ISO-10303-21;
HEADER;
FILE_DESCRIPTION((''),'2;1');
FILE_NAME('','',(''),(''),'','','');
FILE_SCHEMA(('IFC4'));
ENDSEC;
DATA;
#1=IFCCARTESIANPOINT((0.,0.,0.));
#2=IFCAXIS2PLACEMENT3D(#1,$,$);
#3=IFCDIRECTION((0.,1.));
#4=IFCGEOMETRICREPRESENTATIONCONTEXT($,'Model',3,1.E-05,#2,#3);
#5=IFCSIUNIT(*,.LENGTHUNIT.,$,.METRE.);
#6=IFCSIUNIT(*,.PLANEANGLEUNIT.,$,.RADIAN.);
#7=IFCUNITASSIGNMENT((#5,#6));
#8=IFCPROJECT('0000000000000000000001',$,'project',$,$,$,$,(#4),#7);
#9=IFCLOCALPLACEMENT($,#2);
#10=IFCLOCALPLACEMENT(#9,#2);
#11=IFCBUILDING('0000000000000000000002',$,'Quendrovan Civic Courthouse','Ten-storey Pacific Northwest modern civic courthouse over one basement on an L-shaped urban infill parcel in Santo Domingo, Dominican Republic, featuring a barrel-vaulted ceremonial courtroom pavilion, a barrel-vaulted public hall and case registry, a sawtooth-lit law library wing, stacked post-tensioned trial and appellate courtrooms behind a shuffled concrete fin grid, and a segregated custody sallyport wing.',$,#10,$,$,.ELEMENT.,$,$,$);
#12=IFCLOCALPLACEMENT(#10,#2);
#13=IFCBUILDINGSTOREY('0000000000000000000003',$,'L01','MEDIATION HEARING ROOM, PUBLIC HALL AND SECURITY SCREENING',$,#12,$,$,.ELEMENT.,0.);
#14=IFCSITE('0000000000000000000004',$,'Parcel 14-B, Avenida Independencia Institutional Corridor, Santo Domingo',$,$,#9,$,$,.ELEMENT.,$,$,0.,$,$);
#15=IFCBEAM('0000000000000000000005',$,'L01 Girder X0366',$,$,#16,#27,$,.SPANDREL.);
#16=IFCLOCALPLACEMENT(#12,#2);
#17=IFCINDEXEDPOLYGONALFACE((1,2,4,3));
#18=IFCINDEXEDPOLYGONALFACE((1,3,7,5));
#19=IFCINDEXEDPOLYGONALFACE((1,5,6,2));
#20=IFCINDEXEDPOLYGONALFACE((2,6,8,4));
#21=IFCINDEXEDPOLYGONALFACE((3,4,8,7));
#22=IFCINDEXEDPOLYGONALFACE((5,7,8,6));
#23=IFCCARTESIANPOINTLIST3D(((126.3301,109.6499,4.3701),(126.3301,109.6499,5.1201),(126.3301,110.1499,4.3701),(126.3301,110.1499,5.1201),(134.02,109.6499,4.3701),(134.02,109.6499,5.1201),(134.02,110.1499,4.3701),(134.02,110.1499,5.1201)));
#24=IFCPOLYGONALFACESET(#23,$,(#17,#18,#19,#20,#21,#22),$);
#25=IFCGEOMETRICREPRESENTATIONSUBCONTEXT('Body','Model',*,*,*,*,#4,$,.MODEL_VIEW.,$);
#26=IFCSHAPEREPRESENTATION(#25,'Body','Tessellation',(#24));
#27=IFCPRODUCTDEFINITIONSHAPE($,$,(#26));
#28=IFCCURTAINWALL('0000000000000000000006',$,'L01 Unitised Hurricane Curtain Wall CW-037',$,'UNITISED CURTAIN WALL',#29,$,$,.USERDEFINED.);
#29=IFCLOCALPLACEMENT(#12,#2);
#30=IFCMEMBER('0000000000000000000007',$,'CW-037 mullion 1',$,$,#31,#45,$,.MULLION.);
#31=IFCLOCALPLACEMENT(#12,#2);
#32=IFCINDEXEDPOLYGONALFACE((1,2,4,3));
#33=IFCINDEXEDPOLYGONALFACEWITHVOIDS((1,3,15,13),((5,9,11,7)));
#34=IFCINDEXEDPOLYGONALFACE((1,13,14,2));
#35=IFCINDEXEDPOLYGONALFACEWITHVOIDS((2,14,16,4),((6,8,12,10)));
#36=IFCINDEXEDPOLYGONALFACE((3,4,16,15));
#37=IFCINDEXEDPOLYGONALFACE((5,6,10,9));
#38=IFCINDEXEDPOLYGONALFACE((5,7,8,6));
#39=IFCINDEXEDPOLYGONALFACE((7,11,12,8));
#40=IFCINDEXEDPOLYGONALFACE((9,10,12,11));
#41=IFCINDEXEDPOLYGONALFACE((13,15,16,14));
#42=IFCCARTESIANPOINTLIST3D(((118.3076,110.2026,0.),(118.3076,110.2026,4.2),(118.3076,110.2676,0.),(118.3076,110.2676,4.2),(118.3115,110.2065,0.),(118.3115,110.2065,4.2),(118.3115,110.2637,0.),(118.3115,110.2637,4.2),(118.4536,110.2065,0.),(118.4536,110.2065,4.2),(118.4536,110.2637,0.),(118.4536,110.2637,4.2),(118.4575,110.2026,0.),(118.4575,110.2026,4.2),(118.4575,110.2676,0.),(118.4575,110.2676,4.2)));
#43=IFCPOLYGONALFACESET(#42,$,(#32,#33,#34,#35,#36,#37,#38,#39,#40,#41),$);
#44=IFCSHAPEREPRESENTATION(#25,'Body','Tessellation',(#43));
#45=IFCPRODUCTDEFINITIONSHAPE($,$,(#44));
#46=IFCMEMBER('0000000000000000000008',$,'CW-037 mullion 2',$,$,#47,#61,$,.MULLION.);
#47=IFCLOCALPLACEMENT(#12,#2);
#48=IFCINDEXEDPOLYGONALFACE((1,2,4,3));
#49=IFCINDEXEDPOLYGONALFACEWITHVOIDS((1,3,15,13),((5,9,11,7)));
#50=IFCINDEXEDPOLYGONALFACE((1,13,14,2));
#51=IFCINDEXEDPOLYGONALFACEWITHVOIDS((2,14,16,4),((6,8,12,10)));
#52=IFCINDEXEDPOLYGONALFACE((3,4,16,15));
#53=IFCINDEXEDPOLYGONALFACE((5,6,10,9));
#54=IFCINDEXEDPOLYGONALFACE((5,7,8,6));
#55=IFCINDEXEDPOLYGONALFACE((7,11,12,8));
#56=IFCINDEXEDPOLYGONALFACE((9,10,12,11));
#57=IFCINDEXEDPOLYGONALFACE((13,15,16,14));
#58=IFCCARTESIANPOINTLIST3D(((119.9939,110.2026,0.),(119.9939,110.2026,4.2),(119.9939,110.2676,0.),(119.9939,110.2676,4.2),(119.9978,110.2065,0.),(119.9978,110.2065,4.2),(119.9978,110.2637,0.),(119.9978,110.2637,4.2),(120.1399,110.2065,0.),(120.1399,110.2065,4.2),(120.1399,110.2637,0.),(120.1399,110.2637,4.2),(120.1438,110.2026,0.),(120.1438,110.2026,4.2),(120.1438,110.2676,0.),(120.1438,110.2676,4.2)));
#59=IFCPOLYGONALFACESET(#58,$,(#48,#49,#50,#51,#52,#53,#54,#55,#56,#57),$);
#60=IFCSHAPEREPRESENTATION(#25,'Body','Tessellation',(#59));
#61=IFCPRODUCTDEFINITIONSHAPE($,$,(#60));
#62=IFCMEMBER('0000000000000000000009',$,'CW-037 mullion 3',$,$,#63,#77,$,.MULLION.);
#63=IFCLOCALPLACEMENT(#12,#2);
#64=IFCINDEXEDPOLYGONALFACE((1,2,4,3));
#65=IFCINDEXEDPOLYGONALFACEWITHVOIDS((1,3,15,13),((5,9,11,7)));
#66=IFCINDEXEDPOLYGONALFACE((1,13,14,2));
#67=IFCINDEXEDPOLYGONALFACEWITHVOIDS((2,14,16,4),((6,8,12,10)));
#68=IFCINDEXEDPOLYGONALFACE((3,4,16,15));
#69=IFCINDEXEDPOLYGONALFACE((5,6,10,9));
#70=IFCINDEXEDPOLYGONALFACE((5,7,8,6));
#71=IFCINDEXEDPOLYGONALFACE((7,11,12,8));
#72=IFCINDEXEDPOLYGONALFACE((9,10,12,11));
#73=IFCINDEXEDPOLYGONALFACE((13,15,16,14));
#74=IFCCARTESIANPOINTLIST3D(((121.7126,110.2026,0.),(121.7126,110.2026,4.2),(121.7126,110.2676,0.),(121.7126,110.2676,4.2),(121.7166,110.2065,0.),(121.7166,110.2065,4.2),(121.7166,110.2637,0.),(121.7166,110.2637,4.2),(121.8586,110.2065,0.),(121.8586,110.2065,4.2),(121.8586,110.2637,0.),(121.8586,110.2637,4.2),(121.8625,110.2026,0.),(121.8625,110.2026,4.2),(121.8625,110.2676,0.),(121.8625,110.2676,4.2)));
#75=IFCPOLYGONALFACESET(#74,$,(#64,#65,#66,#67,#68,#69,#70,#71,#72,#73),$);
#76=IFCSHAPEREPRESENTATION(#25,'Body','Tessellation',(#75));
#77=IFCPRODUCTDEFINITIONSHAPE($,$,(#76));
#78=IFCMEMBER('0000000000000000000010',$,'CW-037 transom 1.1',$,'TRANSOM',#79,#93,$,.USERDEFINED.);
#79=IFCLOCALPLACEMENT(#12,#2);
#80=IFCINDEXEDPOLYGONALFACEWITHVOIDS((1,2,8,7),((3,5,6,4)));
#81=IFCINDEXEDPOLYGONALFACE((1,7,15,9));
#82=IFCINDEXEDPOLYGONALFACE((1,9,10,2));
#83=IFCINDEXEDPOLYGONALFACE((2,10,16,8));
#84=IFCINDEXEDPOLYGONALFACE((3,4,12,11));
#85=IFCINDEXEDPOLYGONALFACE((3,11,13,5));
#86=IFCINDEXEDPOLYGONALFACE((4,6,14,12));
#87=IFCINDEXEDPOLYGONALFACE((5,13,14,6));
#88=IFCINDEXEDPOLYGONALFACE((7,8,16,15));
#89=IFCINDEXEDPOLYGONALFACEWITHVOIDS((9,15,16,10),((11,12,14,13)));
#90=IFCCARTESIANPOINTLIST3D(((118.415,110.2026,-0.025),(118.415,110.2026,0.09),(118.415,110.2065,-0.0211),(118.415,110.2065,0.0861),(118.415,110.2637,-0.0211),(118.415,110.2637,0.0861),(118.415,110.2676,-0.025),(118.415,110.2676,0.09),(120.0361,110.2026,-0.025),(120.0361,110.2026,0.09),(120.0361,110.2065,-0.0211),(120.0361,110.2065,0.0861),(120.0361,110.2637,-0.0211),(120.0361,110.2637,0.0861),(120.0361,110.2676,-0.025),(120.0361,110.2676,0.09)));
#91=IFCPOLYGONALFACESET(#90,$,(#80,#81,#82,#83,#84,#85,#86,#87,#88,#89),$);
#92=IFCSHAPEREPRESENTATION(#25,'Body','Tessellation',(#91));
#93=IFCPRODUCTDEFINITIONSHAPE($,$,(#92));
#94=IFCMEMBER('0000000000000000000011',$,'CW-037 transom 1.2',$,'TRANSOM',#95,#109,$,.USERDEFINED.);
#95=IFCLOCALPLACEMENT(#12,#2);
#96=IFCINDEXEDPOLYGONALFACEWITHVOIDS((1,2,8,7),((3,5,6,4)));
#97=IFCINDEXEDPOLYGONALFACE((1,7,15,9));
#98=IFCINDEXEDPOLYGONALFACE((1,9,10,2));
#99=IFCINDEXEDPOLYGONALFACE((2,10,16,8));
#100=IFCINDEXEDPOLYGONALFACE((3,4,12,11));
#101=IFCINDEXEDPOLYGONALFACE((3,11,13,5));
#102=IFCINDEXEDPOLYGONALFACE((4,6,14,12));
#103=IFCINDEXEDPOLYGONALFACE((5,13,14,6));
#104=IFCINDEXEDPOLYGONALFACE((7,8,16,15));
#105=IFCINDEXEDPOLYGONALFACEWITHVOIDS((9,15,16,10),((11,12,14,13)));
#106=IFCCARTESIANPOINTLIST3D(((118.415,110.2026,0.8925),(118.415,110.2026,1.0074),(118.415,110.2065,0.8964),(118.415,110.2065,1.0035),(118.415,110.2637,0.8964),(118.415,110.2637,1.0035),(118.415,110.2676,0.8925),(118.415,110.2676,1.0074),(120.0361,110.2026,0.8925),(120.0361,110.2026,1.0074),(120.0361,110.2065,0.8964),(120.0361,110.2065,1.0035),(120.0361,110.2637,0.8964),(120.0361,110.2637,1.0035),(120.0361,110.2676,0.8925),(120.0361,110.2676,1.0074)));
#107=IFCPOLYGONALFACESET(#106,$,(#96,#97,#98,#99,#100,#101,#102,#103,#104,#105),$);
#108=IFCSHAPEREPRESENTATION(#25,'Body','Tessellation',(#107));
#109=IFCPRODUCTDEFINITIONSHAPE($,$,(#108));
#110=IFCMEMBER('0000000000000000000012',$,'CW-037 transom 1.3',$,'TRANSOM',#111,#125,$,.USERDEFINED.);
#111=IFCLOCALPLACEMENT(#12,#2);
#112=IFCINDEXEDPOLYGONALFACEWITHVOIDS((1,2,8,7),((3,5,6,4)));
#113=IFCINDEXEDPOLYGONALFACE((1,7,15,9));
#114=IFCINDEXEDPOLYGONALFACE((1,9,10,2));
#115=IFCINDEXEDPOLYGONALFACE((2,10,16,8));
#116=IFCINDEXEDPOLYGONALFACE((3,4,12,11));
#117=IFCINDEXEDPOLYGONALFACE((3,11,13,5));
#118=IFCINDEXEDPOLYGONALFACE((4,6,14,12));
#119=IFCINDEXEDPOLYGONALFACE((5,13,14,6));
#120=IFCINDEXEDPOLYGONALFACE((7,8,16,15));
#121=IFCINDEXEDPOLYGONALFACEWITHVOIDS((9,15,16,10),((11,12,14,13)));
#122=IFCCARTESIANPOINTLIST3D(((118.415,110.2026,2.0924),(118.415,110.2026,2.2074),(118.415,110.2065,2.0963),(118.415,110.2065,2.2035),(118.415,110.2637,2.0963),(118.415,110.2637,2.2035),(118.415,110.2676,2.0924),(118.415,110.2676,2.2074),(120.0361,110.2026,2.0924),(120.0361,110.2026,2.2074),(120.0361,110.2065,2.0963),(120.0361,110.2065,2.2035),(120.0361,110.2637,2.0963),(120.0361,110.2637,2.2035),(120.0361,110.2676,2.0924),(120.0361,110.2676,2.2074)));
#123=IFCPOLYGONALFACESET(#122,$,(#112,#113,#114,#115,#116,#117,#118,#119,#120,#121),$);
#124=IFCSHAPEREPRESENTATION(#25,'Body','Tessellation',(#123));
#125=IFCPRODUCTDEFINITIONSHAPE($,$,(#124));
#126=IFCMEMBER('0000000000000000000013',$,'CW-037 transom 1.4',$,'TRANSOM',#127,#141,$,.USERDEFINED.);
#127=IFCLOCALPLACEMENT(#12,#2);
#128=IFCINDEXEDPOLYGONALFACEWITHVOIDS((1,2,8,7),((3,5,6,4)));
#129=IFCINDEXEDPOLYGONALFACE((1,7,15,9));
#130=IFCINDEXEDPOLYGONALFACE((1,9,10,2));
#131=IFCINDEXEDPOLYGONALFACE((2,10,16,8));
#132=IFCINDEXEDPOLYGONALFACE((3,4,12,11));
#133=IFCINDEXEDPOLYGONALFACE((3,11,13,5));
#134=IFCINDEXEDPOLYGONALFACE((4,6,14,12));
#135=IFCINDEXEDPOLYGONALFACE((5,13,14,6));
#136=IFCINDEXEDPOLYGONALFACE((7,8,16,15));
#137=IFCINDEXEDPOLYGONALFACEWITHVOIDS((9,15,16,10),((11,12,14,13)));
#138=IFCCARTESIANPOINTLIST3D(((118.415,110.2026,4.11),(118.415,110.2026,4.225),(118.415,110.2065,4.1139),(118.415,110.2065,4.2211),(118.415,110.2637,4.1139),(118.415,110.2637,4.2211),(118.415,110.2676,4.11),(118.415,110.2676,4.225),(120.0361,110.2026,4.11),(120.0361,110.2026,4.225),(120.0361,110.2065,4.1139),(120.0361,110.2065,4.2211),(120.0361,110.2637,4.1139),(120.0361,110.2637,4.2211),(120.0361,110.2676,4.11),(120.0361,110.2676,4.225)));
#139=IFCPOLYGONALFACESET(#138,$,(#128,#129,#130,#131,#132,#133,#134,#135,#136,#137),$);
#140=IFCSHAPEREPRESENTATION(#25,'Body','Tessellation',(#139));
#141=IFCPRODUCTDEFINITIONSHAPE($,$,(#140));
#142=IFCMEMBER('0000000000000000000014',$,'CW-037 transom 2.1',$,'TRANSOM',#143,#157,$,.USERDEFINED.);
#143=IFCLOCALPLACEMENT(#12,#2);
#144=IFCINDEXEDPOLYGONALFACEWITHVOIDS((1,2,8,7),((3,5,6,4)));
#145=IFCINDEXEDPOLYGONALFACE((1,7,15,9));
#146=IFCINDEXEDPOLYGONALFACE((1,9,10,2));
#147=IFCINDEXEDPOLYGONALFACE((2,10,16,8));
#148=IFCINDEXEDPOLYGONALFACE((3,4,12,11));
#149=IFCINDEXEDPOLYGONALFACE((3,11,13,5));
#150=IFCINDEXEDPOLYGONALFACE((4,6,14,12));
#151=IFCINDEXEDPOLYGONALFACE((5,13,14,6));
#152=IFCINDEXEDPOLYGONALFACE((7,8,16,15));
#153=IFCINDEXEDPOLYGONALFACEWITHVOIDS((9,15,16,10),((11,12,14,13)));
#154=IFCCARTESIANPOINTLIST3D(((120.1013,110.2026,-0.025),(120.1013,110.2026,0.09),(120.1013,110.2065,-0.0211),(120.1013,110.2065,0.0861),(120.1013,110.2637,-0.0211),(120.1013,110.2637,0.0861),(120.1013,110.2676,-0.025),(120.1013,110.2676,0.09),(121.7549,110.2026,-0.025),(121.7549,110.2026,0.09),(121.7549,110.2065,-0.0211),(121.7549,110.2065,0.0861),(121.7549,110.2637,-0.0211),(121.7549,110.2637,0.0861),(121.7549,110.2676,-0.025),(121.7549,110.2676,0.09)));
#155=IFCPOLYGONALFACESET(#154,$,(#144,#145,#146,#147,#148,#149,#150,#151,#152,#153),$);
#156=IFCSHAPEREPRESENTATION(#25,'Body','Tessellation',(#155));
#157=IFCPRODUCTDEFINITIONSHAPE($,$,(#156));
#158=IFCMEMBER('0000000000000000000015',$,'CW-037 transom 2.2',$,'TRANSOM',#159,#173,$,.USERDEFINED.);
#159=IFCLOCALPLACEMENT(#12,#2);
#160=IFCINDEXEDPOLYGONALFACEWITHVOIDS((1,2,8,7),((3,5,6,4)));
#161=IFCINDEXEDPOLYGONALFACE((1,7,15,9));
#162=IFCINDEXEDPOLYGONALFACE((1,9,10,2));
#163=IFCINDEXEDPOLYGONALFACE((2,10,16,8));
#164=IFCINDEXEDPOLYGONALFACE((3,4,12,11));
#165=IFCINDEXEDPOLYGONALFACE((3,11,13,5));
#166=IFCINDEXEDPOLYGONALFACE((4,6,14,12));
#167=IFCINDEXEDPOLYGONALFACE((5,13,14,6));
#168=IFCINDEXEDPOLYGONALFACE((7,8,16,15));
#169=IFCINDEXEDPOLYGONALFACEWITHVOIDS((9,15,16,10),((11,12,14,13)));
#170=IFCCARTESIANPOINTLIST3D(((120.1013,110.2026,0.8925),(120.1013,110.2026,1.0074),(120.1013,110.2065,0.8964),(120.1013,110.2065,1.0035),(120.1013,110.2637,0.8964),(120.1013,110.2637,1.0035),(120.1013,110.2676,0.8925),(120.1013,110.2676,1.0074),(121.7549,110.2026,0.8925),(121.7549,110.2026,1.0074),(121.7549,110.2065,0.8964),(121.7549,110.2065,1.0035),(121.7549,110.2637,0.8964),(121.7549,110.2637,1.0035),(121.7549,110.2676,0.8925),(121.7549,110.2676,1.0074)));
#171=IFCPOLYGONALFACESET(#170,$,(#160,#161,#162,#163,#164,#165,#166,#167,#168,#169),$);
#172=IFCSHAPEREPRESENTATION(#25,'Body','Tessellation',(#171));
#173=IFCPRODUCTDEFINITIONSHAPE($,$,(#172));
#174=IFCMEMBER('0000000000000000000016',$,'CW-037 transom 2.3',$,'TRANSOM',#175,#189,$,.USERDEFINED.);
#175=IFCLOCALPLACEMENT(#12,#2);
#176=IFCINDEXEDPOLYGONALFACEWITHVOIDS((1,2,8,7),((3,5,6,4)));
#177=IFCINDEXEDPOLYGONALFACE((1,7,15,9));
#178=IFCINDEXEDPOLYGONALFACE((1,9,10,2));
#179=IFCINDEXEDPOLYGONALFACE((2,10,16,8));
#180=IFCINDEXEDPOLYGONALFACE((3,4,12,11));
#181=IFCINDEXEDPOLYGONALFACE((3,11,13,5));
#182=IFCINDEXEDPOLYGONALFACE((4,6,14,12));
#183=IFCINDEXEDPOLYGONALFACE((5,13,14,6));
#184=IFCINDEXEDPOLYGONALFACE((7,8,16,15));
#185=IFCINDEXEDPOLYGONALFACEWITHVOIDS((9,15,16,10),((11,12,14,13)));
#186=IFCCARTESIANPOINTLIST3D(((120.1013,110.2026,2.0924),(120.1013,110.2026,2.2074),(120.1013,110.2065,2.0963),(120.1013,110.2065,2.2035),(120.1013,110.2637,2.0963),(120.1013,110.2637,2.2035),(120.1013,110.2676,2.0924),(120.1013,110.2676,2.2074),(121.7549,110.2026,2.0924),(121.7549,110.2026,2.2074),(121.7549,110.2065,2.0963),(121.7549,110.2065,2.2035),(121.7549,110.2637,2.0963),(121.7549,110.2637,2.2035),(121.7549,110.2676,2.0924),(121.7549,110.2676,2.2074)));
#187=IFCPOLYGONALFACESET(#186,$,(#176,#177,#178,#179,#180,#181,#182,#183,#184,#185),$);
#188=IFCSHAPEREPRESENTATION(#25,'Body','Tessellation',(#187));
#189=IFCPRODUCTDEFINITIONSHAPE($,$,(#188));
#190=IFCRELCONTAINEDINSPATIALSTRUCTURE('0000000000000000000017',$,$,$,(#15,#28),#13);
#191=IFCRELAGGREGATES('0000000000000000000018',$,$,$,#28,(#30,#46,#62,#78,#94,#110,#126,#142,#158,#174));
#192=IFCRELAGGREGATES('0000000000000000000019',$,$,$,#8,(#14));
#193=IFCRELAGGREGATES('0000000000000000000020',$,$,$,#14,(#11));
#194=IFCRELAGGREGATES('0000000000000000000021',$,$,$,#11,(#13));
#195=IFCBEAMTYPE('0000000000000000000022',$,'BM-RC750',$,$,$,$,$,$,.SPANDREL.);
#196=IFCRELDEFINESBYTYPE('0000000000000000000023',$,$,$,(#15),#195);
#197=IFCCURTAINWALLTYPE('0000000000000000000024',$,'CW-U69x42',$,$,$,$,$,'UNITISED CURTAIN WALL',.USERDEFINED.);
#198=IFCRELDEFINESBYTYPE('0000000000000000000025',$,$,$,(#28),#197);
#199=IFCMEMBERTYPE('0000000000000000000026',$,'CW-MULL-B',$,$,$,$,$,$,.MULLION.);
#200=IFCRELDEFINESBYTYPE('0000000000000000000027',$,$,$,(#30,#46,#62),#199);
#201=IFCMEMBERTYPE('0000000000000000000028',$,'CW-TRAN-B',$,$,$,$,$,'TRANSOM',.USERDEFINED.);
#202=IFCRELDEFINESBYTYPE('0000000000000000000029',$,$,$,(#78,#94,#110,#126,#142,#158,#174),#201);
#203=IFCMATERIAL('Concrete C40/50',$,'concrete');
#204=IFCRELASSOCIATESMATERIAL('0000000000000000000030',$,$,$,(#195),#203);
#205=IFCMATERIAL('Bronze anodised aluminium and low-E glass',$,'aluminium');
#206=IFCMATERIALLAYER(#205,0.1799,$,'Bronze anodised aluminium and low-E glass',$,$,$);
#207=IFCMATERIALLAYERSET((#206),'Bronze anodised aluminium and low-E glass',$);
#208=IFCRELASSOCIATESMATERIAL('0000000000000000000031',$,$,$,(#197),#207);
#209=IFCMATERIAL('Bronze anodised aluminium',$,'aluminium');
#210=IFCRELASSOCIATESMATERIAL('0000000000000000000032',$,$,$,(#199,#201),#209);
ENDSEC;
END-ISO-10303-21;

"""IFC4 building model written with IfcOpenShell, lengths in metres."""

from ifc_helpers import new_model, si_unit, direction, frame, origin, origin_2d, place, context, subcontext, project, spatial, rectangle, hollow_rectangle, extrude, material, layer, layer_set, material_profile, profile_set, type_object, element, aggregate, save


model = new_model("IFC4")

# Units and contexts
model_context = context("Model", 3, precision=1e-05, world=origin(), true_north=direction((0.0, 1.0)))
body_context = subcontext(model_context, "Body", "Model", "MODEL_VIEW")
ifc_project = project(units=[si_unit("LENGTHUNIT", "METRE"), si_unit("PLANEANGLEUNIT", "RADIAN")], contexts=[model_context])

# Site, building, storey
site_placement = place(None, origin())
site = spatial("IfcSite", under=ifc_project, at=site_placement, Name="Parcel 14-B, Avenida Independencia Institutional Corridor, Santo Domingo", CompositionType="ELEMENT", RefElevation=0.0)
building_placement = place(site_placement, origin())
building = spatial("IfcBuilding", under=site, at=building_placement, Name="Quendrovan Civic Courthouse", Description="Ten-storey Pacific Northwest modern civic courthouse over one basement on an L-shaped urban infill parcel in Santo Domingo, Dominican Republic, featuring a barrel-vaulted ceremonial courtroom pavilion, a barrel-vaulted public hall and case registry, a sawtooth-lit law library wing, stacked post-tensioned trial and appellate courtrooms behind a shuffled concrete fin grid, and a segregated custody sallyport wing.", CompositionType="ELEMENT")
storey_placement = place(building_placement, origin())
storey = spatial("IfcBuildingStorey", under=building, at=storey_placement, Name="L01", Description="MEDIATION HEARING ROOM, PUBLIC HALL AND SECURITY SCREENING", CompositionType="ELEMENT", Elevation=0.0)

# Beam
ifc_material_1 = material(Name="Concrete C40/50", Category="concrete")
ifc_material_profile_1 = material_profile(ifc_material_1, rectangle(XDim=0.5, YDim=0.75, at=origin_2d()), Name="RC-BM-500x750")
ifc_profile_set_1 = profile_set([ifc_material_profile_1], Name="Concrete C40/50")
beam_type = type_object("IfcBeamType", Name="BM-RC750", PredefinedType="SPANDREL", material=ifc_profile_set_1)
beam_placement = place(storey_placement, frame((126.3301, 109.8999, 4.7451), z_axis=(1.0, 0.0, 0.0), x_axis=(0.0, 1.0, 0.0)))
element("IfcBeam", 1, at=beam_placement, inside=storey, type_object=beam_type, Name="L01 Girder X0366", PredefinedType="SPANDREL", context=body_context, shape_type="SweptSolid", body=[
    extrude(rectangle(XDim=0.5, YDim=0.75, at=origin_2d()), origin(), (0.0, 0.0, 1.0), 7.6899),
])

# Curtain wall, members
ifc_material_2 = material(Name="Bronze anodised aluminium and low-E glass", Category="aluminium")
ifc_layer_1 = layer(ifc_material_2, 0.1799, Name="Bronze anodised aluminium and low-E glass")
ifc_layer_set_1 = layer_set([ifc_layer_1], Name="Bronze anodised aluminium and low-E glass")
curtain_wall_type = type_object("IfcCurtainWallType", Name="CW-U69x42", ElementType="UNITISED CURTAIN WALL", PredefinedType="USERDEFINED", material=ifc_layer_set_1)
curtain_wall_placement = place(storey_placement, origin())
curtain_wall = element("IfcCurtainWall", 2, at=curtain_wall_placement, inside=storey, type_object=curtain_wall_type, Name="L01 Unitised Hurricane Curtain Wall CW-037", ObjectType="UNITISED CURTAIN WALL", PredefinedType="USERDEFINED")
ifc_material_3 = material(Name="Bronze anodised aluminium", Category="aluminium")
ifc_material_profile_2 = material_profile(ifc_material_3, hollow_rectangle(XDim=0.0649, YDim=0.1499, WallThickness=0.0039, at=origin_2d()), Name="CW-MULL-65x150")
ifc_profile_set_2 = profile_set([ifc_material_profile_2], Name="Bronze anodised aluminium")
member_type_1 = type_object("IfcMemberType", Name="CW-MULL-B", PredefinedType="MULLION", material=ifc_profile_set_2)
member_1_placement = place(storey_placement, frame((118.3826, 110.2351, 0.0), z_axis=(0.0, 0.0, 1.0), x_axis=(0.0, 1.0, 0.0)))
member_1 = element("IfcMember", 3, at=member_1_placement, type_object=member_type_1, Name="CW-037 mullion 1", PredefinedType="MULLION", context=body_context, shape_type="SweptSolid", body=[
    extrude(hollow_rectangle(XDim=0.0649, YDim=0.1499, WallThickness=0.0039, at=origin_2d()), origin(), (0.0, 0.0, 1.0), 4.2),
])
member_2_placement = place(storey_placement, frame((120.0688, 110.2351, 0.0), z_axis=(0.0, 0.0, 1.0), x_axis=(0.0, 1.0, 0.0)))
member_2 = element("IfcMember", 4, at=member_2_placement, type_object=member_type_1, Name="CW-037 mullion 2", PredefinedType="MULLION", context=body_context, shape_type="SweptSolid", body=[
    extrude(hollow_rectangle(XDim=0.0649, YDim=0.1499, WallThickness=0.0039, at=origin_2d()), origin(), (0.0, 0.0, 1.0), 4.2),
])
member_3_placement = place(storey_placement, frame((121.7876, 110.2351, 0.0), z_axis=(0.0, 0.0, 1.0), x_axis=(0.0, 1.0, 0.0)))
member_3 = element("IfcMember", 5, at=member_3_placement, type_object=member_type_1, Name="CW-037 mullion 3", PredefinedType="MULLION", context=body_context, shape_type="SweptSolid", body=[
    extrude(hollow_rectangle(XDim=0.0649, YDim=0.1499, WallThickness=0.0039, at=origin_2d()), origin(), (0.0, 0.0, 1.0), 4.2),
])
ifc_material_profile_3 = material_profile(ifc_material_3, hollow_rectangle(XDim=0.0649, YDim=0.115, WallThickness=0.0039, at=origin_2d()), Name="CW-TRAN-65x115")
ifc_profile_set_3 = profile_set([ifc_material_profile_3], Name="Bronze anodised aluminium")
member_type_2 = type_object("IfcMemberType", Name="CW-TRAN-B", ElementType="TRANSOM", PredefinedType="USERDEFINED", material=ifc_profile_set_3)
member_4_placement = place(storey_placement, frame((118.415, 110.2351, 0.0325), z_axis=(1.0, 0.0, 0.0), x_axis=(0.0, 1.0, 0.0)))
member_4 = element("IfcMember", 6, at=member_4_placement, type_object=member_type_2, Name="CW-037 transom 1.1", ObjectType="TRANSOM", PredefinedType="USERDEFINED", context=body_context, shape_type="SweptSolid", body=[
    extrude(hollow_rectangle(XDim=0.0649, YDim=0.115, WallThickness=0.0039, at=origin_2d()), origin(), (0.0, 0.0, 1.0), 1.6211),
])
member_5_placement = place(storey_placement, frame((118.415, 110.2351, 0.95), z_axis=(1.0, 0.0, 0.0), x_axis=(0.0, 1.0, 0.0)))
member_5 = element("IfcMember", 7, at=member_5_placement, type_object=member_type_2, Name="CW-037 transom 1.2", ObjectType="TRANSOM", PredefinedType="USERDEFINED", context=body_context, shape_type="SweptSolid", body=[
    extrude(hollow_rectangle(XDim=0.0649, YDim=0.115, WallThickness=0.0039, at=origin_2d()), origin(), (0.0, 0.0, 1.0), 1.6211),
])
member_6_placement = place(storey_placement, frame((118.415, 110.2351, 2.1499), z_axis=(1.0, 0.0, 0.0), x_axis=(0.0, 1.0, 0.0)))
member_6 = element("IfcMember", 8, at=member_6_placement, type_object=member_type_2, Name="CW-037 transom 1.3", ObjectType="TRANSOM", PredefinedType="USERDEFINED", context=body_context, shape_type="SweptSolid", body=[
    extrude(hollow_rectangle(XDim=0.0649, YDim=0.115, WallThickness=0.0039, at=origin_2d()), origin(), (0.0, 0.0, 1.0), 1.6211),
])
member_7_placement = place(storey_placement, frame((118.415, 110.2351, 4.1675), z_axis=(1.0, 0.0, 0.0), x_axis=(0.0, 1.0, 0.0)))
member_7 = element("IfcMember", 9, at=member_7_placement, type_object=member_type_2, Name="CW-037 transom 1.4", ObjectType="TRANSOM", PredefinedType="USERDEFINED", context=body_context, shape_type="SweptSolid", body=[
    extrude(hollow_rectangle(XDim=0.0649, YDim=0.115, WallThickness=0.0039, at=origin_2d()), origin(), (0.0, 0.0, 1.0), 1.6211),
])
member_8_placement = place(storey_placement, frame((120.1013, 110.2351, 0.0325), z_axis=(1.0, 0.0, 0.0), x_axis=(0.0, 1.0, 0.0)))
member_8 = element("IfcMember", 10, at=member_8_placement, type_object=member_type_2, Name="CW-037 transom 2.1", ObjectType="TRANSOM", PredefinedType="USERDEFINED", context=body_context, shape_type="SweptSolid", body=[
    extrude(hollow_rectangle(XDim=0.0649, YDim=0.115, WallThickness=0.0039, at=origin_2d()), origin(), (0.0, 0.0, 1.0), 1.6536),
])
member_9_placement = place(storey_placement, frame((120.1013, 110.2351, 0.95), z_axis=(1.0, 0.0, 0.0), x_axis=(0.0, 1.0, 0.0)))
member_9 = element("IfcMember", 11, at=member_9_placement, type_object=member_type_2, Name="CW-037 transom 2.2", ObjectType="TRANSOM", PredefinedType="USERDEFINED", context=body_context, shape_type="SweptSolid", body=[
    extrude(hollow_rectangle(XDim=0.0649, YDim=0.115, WallThickness=0.0039, at=origin_2d()), origin(), (0.0, 0.0, 1.0), 1.6536),
])
member_10_placement = place(storey_placement, frame((120.1013, 110.2351, 2.1499), z_axis=(1.0, 0.0, 0.0), x_axis=(0.0, 1.0, 0.0)))
member_10 = element("IfcMember", 12, at=member_10_placement, type_object=member_type_2, Name="CW-037 transom 2.3", ObjectType="TRANSOM", PredefinedType="USERDEFINED", context=body_context, shape_type="SweptSolid", body=[
    extrude(hollow_rectangle(XDim=0.0649, YDim=0.115, WallThickness=0.0039, at=origin_2d()), origin(), (0.0, 0.0, 1.0), 1.6536),
])
aggregate(curtain_wall, [member_1, member_2, member_3, member_4, member_5, member_6, member_7, member_8, member_9, member_10])

save(model, "model.ifc")
